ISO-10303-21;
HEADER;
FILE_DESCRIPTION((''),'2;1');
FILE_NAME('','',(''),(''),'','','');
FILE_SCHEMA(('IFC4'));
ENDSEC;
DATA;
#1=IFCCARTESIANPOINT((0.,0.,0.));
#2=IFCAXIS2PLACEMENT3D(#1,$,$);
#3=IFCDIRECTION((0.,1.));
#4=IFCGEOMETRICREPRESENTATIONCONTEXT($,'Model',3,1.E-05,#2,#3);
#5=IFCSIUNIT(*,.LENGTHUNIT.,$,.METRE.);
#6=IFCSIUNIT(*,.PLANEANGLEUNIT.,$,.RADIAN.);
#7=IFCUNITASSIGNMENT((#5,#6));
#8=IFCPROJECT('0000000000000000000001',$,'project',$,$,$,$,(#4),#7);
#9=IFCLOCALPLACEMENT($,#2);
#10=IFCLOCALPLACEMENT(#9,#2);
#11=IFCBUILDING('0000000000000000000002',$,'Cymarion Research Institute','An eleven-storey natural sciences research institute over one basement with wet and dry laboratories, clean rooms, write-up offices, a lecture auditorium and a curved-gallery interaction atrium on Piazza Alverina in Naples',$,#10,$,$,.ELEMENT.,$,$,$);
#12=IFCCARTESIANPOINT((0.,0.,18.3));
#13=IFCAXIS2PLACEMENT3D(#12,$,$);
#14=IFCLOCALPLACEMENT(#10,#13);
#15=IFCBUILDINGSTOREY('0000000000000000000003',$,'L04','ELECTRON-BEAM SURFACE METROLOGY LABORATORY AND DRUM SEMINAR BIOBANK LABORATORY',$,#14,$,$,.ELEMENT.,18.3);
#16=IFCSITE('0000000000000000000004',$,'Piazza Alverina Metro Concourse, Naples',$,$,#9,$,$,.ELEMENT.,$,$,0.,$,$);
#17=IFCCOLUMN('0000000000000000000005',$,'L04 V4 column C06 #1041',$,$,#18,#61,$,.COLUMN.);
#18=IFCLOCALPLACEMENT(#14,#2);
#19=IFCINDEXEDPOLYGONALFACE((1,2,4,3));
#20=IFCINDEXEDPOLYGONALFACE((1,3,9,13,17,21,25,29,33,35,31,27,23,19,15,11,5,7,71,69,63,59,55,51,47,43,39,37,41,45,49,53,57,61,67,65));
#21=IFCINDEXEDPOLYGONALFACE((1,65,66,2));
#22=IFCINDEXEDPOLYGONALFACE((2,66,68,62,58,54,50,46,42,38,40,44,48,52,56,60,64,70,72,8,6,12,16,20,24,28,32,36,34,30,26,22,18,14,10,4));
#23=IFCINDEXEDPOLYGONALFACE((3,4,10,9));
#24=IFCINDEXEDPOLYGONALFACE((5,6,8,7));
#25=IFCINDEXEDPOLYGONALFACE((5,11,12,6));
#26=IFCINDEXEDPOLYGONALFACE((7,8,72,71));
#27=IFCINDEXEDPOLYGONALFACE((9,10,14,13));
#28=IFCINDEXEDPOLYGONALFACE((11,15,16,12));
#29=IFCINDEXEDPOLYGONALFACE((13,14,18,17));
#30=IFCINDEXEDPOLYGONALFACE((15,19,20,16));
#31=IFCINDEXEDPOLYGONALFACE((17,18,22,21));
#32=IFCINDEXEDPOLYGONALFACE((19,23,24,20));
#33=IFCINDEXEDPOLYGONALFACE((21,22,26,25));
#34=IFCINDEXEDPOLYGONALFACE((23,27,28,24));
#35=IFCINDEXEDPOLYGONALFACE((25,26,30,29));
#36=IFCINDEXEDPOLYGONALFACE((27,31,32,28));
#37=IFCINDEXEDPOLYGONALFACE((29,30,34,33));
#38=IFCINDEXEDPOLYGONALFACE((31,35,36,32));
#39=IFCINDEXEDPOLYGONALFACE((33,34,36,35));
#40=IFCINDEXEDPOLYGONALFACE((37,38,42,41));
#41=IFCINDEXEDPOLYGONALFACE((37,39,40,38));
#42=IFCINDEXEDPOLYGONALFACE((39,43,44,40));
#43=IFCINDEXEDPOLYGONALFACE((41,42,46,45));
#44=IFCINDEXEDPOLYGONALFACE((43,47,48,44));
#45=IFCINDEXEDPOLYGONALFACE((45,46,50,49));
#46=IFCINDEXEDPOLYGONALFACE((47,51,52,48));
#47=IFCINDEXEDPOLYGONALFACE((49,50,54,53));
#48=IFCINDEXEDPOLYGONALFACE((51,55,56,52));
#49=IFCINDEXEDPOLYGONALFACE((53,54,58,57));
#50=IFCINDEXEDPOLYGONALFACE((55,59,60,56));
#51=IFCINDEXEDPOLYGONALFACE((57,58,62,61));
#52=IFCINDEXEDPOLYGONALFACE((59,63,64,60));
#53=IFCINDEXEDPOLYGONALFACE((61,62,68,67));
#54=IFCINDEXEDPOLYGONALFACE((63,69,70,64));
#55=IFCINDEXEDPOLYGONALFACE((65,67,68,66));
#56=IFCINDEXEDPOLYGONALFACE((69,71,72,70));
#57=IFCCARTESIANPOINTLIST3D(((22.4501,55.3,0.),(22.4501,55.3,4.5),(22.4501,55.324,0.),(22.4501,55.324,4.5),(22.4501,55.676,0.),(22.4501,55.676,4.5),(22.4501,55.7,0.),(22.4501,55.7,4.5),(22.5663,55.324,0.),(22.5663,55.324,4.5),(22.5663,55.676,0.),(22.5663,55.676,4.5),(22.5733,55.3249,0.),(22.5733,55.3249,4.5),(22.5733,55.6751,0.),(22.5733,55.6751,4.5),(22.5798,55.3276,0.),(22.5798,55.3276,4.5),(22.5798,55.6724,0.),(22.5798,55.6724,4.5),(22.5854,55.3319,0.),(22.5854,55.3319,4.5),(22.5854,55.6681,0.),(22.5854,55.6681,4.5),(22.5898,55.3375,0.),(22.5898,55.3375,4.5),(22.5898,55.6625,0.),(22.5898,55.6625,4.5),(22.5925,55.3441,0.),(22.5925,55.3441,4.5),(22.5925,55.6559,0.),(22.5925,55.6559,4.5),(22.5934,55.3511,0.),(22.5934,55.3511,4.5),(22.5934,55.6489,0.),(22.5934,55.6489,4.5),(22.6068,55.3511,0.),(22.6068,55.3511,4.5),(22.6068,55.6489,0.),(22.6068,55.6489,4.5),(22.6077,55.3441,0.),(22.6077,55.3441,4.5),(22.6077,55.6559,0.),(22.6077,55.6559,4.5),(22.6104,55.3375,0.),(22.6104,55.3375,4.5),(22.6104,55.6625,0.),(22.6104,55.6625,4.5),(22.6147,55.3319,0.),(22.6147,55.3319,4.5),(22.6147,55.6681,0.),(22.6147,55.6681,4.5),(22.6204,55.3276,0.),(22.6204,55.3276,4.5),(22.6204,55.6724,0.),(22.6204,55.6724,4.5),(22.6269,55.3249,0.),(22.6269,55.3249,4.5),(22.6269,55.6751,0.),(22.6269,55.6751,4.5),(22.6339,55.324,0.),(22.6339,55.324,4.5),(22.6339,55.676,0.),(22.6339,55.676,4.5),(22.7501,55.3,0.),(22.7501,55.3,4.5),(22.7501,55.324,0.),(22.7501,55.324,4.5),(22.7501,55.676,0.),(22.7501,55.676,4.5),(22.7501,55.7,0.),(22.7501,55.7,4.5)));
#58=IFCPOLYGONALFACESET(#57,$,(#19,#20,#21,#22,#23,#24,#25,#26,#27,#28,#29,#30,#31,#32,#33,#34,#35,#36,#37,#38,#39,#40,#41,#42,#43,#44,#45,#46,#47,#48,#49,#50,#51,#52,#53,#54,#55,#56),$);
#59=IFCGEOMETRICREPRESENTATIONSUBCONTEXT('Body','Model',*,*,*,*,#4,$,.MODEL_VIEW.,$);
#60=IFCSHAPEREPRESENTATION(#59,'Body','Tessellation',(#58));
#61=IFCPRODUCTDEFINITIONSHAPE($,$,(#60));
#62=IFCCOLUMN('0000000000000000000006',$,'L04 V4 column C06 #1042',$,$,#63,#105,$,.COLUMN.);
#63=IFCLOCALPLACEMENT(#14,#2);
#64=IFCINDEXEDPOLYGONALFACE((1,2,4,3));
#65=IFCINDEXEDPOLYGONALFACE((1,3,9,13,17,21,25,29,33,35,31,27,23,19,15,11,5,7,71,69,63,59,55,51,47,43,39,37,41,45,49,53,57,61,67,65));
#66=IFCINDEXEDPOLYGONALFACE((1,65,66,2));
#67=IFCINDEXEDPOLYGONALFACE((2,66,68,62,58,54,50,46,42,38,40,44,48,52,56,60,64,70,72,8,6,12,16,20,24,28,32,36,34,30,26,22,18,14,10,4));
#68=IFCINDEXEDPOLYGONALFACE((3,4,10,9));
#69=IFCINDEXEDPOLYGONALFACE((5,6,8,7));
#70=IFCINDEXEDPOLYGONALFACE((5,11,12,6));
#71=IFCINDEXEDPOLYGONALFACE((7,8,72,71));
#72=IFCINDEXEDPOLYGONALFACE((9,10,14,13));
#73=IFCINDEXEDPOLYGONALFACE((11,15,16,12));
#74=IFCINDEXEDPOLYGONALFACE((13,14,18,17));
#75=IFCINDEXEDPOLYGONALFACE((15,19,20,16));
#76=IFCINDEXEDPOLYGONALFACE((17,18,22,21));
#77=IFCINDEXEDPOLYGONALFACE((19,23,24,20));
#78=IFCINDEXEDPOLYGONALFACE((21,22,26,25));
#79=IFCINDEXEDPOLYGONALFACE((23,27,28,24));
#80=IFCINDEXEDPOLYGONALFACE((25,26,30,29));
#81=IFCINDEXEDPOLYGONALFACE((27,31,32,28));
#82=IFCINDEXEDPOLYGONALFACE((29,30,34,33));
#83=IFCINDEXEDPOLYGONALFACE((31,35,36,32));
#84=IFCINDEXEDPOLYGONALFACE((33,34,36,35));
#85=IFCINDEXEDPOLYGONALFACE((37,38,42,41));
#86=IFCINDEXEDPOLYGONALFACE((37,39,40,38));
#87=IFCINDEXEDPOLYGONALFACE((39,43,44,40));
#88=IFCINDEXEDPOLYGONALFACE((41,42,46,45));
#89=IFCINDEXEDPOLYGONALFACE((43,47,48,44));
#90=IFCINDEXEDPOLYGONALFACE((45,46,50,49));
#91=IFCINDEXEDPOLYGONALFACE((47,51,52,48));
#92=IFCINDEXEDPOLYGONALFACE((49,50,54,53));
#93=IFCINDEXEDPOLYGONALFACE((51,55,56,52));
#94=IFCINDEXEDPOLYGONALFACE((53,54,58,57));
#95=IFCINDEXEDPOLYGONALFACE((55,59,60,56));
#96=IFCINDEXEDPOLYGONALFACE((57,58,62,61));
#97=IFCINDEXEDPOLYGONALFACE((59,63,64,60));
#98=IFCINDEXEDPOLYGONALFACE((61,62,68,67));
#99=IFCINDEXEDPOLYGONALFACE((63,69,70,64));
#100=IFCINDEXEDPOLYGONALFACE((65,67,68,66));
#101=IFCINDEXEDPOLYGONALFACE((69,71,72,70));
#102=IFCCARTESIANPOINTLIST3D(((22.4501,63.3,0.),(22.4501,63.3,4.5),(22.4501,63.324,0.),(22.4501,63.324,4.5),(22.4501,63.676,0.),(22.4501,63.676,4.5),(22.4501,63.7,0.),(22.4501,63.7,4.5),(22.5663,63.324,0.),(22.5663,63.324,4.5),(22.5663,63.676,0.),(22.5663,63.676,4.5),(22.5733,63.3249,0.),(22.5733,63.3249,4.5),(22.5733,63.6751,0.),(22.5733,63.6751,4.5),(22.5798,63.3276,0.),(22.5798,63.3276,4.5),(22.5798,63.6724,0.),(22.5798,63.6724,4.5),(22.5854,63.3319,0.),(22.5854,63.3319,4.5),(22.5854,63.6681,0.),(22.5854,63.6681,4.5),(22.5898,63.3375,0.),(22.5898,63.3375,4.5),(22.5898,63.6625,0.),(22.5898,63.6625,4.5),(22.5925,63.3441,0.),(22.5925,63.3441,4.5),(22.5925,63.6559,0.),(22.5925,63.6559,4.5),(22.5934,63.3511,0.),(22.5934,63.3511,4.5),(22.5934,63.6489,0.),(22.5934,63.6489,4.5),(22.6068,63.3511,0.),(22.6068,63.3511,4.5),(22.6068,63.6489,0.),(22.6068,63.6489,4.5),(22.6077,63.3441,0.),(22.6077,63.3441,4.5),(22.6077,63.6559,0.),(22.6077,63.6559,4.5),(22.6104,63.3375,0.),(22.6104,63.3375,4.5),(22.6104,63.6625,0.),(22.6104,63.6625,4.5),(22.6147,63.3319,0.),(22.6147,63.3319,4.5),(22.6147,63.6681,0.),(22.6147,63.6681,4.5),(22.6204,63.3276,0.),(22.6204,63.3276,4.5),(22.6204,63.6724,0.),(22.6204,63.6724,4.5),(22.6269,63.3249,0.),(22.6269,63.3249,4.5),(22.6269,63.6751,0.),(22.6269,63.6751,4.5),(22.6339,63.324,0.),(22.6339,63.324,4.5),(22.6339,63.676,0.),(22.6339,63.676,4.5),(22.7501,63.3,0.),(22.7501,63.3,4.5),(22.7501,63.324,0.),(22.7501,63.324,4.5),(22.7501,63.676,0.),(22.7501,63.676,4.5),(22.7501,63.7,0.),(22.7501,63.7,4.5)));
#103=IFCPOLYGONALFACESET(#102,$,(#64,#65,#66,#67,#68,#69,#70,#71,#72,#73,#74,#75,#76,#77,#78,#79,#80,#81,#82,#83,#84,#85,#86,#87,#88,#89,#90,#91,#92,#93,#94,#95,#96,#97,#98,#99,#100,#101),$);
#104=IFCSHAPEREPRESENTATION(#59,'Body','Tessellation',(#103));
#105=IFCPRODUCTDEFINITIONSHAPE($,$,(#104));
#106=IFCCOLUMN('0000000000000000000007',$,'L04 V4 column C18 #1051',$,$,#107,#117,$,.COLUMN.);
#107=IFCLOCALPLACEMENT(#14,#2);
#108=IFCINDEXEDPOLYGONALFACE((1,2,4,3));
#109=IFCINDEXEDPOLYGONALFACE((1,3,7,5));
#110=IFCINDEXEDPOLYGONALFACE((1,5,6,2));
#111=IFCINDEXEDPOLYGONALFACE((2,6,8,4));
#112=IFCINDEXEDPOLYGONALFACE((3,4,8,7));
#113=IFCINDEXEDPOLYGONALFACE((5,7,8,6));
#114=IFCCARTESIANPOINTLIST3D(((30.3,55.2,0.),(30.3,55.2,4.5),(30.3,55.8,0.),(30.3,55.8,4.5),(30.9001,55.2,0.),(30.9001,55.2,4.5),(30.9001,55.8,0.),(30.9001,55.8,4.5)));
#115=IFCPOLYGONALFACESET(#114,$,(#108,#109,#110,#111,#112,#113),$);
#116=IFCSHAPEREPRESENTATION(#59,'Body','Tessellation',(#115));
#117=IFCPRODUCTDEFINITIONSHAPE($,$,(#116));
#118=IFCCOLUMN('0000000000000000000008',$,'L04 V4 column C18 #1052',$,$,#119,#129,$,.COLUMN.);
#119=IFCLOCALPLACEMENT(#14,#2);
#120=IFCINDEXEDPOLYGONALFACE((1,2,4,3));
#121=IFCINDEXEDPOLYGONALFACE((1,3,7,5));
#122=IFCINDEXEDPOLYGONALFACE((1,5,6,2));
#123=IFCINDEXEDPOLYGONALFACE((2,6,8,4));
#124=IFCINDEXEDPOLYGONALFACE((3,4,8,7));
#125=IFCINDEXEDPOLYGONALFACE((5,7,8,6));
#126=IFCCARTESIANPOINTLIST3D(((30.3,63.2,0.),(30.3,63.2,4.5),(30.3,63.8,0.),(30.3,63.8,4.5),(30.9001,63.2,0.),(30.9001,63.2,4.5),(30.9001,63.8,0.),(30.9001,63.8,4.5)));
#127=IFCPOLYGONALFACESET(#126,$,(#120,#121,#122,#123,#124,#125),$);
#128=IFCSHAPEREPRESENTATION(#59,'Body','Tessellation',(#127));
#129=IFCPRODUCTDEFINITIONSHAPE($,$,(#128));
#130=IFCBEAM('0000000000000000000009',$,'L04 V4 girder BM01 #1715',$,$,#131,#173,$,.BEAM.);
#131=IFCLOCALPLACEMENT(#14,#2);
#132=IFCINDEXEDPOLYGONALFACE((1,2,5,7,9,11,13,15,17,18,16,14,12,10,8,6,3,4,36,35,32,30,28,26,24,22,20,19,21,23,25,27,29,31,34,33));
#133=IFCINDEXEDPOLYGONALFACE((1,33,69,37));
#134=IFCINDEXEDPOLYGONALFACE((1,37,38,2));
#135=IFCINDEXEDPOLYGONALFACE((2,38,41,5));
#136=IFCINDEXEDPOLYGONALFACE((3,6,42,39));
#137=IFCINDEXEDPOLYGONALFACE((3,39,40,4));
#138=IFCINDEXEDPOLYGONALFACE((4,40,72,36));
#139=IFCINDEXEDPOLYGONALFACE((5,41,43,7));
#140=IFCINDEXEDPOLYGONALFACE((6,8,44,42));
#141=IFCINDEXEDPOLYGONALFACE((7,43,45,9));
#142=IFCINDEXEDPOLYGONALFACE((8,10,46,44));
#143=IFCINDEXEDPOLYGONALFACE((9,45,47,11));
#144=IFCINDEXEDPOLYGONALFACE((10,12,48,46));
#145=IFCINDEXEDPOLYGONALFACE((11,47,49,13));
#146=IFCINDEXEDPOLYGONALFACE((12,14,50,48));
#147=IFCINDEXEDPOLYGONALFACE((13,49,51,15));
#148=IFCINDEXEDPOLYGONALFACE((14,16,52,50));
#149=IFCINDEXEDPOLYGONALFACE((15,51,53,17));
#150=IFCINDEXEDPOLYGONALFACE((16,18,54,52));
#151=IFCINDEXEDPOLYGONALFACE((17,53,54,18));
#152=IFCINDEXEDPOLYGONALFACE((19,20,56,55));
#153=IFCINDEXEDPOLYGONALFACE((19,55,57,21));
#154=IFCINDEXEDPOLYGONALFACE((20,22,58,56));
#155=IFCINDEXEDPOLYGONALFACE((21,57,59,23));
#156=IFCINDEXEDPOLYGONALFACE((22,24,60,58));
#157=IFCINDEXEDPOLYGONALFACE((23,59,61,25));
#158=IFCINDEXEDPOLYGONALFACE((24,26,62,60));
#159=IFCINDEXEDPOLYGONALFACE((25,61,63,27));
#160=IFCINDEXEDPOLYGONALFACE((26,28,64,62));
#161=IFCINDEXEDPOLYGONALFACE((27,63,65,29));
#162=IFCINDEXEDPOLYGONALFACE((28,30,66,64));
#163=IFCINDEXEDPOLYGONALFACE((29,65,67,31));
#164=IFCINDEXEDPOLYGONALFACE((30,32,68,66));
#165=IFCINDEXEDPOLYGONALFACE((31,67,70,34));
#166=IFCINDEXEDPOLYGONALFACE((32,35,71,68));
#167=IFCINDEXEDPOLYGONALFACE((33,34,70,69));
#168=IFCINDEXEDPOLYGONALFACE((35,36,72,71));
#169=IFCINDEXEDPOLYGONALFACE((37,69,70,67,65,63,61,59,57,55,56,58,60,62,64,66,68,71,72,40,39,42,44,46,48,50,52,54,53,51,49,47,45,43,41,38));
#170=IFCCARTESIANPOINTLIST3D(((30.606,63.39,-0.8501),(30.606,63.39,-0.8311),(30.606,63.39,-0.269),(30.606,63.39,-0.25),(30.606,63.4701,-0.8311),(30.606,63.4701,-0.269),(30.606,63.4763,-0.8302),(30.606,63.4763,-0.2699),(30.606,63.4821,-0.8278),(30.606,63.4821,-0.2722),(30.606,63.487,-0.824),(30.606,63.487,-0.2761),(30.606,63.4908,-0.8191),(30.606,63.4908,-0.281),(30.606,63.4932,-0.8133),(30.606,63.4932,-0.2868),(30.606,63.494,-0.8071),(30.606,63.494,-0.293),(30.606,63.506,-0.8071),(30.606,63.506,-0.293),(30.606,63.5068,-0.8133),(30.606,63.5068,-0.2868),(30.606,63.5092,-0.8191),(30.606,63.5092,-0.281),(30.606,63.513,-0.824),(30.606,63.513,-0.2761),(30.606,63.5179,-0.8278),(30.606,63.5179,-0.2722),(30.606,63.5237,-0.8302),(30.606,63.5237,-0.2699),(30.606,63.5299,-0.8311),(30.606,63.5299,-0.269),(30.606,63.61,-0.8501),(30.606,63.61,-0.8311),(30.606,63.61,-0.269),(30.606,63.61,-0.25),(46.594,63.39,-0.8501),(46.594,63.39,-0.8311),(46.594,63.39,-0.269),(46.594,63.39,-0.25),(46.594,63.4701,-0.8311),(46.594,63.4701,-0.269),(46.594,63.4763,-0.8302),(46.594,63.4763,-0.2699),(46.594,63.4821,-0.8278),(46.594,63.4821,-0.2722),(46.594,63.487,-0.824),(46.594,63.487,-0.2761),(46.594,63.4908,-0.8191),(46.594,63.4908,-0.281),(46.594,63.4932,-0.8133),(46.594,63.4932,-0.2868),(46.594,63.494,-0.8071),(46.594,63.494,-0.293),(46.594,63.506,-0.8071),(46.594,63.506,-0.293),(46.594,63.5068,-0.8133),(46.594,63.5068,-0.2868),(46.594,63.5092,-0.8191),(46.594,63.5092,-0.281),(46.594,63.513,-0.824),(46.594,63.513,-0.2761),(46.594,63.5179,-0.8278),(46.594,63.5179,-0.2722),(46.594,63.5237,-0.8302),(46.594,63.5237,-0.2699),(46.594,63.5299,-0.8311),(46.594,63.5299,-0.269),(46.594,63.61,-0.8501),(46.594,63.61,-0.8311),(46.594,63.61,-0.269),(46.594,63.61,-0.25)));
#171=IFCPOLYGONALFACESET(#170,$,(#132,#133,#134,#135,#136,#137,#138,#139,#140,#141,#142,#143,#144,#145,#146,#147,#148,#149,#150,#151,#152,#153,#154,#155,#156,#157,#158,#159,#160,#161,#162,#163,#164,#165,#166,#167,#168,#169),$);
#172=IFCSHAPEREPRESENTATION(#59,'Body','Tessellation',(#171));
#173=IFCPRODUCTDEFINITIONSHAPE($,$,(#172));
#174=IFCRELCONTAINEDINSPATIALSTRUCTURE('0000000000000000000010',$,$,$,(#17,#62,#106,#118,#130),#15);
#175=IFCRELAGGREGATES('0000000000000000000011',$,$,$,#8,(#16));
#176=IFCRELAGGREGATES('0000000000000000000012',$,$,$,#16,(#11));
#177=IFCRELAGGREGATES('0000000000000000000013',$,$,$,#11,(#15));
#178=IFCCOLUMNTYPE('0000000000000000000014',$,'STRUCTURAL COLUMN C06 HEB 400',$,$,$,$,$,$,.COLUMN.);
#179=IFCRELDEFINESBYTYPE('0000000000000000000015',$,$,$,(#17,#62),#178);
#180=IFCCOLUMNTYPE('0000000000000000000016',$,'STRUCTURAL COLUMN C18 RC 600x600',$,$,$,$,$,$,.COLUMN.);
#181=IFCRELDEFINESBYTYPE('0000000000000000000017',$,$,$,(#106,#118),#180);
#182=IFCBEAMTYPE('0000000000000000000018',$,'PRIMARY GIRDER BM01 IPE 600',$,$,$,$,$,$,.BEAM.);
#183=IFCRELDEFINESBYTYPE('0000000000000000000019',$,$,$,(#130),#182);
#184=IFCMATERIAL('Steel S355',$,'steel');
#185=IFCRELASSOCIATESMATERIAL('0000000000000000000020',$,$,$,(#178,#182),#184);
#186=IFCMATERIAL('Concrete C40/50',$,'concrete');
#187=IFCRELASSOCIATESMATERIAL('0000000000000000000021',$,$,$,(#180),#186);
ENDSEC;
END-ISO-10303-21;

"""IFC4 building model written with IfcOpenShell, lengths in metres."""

from ifc_helpers import new_model, si_unit, direction, frame, origin, origin_2d, place, context, subcontext, project, spatial, rectangle, i_section, extrude, material, material_profile, profile_set, type_object, element, save


model = new_model("IFC4")

# Units and contexts
model_context = context("Model", 3, precision=1e-05, world=origin(), true_north=direction((0.0, 1.0)))
body_context = subcontext(model_context, "Body", "Model", "MODEL_VIEW")
ifc_project = project(units=[si_unit("LENGTHUNIT", "METRE"), si_unit("PLANEANGLEUNIT", "RADIAN")], contexts=[model_context])

# Site, building, storey
site_placement = place(None, origin())
site = spatial("IfcSite", under=ifc_project, at=site_placement, Name="Piazza Alverina Metro Concourse, Naples", CompositionType="ELEMENT", RefElevation=0.0)
building_placement = place(site_placement, origin())
building = spatial("IfcBuilding", under=site, at=building_placement, Name="Cymarion Research Institute", Description="An eleven-storey natural sciences research institute over one basement with wet and dry laboratories, clean rooms, write-up offices, a lecture auditorium and a curved-gallery interaction atrium on Piazza Alverina in Naples", CompositionType="ELEMENT")
storey_placement = place(building_placement, frame((0.0, 0.0, 18.3)))
storey = spatial("IfcBuildingStorey", under=building, at=storey_placement, Name="L04", Description="ELECTRON-BEAM SURFACE METROLOGY LABORATORY AND DRUM SEMINAR BIOBANK LABORATORY", CompositionType="ELEMENT", Elevation=18.3)

# Columns
ifc_material_1 = material(Name="Steel S355", Category="steel")
ifc_material_profile_1 = material_profile(ifc_material_1, i_section(OverallWidth=0.3, OverallDepth=0.3999, WebThickness=0.0134, FlangeThickness=0.0239, FilletRadius=0.0271, at=origin_2d()), Name="HEB 400")
ifc_profile_set_1 = profile_set([ifc_material_profile_1], Name="Steel S355")
column_type_1 = type_object("IfcColumnType", Name="STRUCTURAL COLUMN C06 HEB 400", PredefinedType="COLUMN", material=ifc_profile_set_1)
for number, where, z_axis, x_axis, name in (
    (1, (22.6001, 55.5, 0.0), (0.0, 0.0, 1.0), (1.0, 0.0, 0.0), "L04 V4 column C06 #1041"),
    (2, (22.6001, 63.5, 0.0), (0.0, 0.0, 1.0), (1.0, 0.0, 0.0), "L04 V4 column C06 #1042"),
):
    element("IfcColumn", number, at=place(storey_placement, frame(where, z_axis=z_axis, x_axis=x_axis)), inside=storey, type_object=column_type_1, Name=name, PredefinedType="COLUMN", context=body_context, shape_type="SweptSolid", body=[
        extrude(i_section(OverallWidth=0.3, OverallDepth=0.3999, WebThickness=0.0134, FlangeThickness=0.0239, FilletRadius=0.0271, at=origin_2d()), origin(), (0.0, 0.0, 1.0), 4.5),
    ])
ifc_material_2 = material(Name="Concrete C40/50", Category="concrete")
ifc_material_profile_2 = material_profile(ifc_material_2, rectangle(XDim=0.6001, YDim=0.6001, at=origin_2d()), Name="RC 600x600")
ifc_profile_set_2 = profile_set([ifc_material_profile_2], Name="Concrete C40/50")
column_type_2 = type_object("IfcColumnType", Name="STRUCTURAL COLUMN C18 RC 600x600", PredefinedType="COLUMN", material=ifc_profile_set_2)
for number, where, z_axis, x_axis, name in (
    (3, (30.6001, 55.5, 0.0), (0.0, 0.0, 1.0), (1.0, 0.0, 0.0), "L04 V4 column C18 #1051"),
    (4, (30.6001, 63.5, 0.0), (0.0, 0.0, 1.0), (1.0, 0.0, 0.0), "L04 V4 column C18 #1052"),
):
    element("IfcColumn", number, at=place(storey_placement, frame(where, z_axis=z_axis, x_axis=x_axis)), inside=storey, type_object=column_type_2, Name=name, PredefinedType="COLUMN", context=body_context, shape_type="SweptSolid", body=[
        extrude(rectangle(XDim=0.6001, YDim=0.6001, at=origin_2d()), origin(), (0.0, 0.0, 1.0), 4.5),
    ])

# Beam
ifc_material_profile_3 = material_profile(ifc_material_1, i_section(OverallWidth=0.22, OverallDepth=0.6001, WebThickness=0.012, FlangeThickness=0.019, FilletRadius=0.0239, at=origin_2d()), Name="IPE 600")
ifc_profile_set_3 = profile_set([ifc_material_profile_3], Name="Steel S355")
beam_type_1 = type_object("IfcBeamType", Name="PRIMARY GIRDER BM01 IPE 600", PredefinedType="BEAM", material=ifc_profile_set_3)
beam_placement = place(storey_placement, frame((30.606, 63.5, -0.55), z_axis=(1.0, 0.0, 0.0), x_axis=(0.0, 1.0, 0.0)))
element("IfcBeam", 5, at=beam_placement, inside=storey, type_object=beam_type_1, Name="L04 V4 girder BM01 #1715", PredefinedType="BEAM", context=body_context, shape_type="SweptSolid", body=[
    extrude(i_section(OverallWidth=0.22, OverallDepth=0.6001, WebThickness=0.012, FlangeThickness=0.019, FilletRadius=0.0239, at=origin_2d()), origin(), (0.0, 0.0, 1.0), 15.988),
])

save(model, "model.ifc")
